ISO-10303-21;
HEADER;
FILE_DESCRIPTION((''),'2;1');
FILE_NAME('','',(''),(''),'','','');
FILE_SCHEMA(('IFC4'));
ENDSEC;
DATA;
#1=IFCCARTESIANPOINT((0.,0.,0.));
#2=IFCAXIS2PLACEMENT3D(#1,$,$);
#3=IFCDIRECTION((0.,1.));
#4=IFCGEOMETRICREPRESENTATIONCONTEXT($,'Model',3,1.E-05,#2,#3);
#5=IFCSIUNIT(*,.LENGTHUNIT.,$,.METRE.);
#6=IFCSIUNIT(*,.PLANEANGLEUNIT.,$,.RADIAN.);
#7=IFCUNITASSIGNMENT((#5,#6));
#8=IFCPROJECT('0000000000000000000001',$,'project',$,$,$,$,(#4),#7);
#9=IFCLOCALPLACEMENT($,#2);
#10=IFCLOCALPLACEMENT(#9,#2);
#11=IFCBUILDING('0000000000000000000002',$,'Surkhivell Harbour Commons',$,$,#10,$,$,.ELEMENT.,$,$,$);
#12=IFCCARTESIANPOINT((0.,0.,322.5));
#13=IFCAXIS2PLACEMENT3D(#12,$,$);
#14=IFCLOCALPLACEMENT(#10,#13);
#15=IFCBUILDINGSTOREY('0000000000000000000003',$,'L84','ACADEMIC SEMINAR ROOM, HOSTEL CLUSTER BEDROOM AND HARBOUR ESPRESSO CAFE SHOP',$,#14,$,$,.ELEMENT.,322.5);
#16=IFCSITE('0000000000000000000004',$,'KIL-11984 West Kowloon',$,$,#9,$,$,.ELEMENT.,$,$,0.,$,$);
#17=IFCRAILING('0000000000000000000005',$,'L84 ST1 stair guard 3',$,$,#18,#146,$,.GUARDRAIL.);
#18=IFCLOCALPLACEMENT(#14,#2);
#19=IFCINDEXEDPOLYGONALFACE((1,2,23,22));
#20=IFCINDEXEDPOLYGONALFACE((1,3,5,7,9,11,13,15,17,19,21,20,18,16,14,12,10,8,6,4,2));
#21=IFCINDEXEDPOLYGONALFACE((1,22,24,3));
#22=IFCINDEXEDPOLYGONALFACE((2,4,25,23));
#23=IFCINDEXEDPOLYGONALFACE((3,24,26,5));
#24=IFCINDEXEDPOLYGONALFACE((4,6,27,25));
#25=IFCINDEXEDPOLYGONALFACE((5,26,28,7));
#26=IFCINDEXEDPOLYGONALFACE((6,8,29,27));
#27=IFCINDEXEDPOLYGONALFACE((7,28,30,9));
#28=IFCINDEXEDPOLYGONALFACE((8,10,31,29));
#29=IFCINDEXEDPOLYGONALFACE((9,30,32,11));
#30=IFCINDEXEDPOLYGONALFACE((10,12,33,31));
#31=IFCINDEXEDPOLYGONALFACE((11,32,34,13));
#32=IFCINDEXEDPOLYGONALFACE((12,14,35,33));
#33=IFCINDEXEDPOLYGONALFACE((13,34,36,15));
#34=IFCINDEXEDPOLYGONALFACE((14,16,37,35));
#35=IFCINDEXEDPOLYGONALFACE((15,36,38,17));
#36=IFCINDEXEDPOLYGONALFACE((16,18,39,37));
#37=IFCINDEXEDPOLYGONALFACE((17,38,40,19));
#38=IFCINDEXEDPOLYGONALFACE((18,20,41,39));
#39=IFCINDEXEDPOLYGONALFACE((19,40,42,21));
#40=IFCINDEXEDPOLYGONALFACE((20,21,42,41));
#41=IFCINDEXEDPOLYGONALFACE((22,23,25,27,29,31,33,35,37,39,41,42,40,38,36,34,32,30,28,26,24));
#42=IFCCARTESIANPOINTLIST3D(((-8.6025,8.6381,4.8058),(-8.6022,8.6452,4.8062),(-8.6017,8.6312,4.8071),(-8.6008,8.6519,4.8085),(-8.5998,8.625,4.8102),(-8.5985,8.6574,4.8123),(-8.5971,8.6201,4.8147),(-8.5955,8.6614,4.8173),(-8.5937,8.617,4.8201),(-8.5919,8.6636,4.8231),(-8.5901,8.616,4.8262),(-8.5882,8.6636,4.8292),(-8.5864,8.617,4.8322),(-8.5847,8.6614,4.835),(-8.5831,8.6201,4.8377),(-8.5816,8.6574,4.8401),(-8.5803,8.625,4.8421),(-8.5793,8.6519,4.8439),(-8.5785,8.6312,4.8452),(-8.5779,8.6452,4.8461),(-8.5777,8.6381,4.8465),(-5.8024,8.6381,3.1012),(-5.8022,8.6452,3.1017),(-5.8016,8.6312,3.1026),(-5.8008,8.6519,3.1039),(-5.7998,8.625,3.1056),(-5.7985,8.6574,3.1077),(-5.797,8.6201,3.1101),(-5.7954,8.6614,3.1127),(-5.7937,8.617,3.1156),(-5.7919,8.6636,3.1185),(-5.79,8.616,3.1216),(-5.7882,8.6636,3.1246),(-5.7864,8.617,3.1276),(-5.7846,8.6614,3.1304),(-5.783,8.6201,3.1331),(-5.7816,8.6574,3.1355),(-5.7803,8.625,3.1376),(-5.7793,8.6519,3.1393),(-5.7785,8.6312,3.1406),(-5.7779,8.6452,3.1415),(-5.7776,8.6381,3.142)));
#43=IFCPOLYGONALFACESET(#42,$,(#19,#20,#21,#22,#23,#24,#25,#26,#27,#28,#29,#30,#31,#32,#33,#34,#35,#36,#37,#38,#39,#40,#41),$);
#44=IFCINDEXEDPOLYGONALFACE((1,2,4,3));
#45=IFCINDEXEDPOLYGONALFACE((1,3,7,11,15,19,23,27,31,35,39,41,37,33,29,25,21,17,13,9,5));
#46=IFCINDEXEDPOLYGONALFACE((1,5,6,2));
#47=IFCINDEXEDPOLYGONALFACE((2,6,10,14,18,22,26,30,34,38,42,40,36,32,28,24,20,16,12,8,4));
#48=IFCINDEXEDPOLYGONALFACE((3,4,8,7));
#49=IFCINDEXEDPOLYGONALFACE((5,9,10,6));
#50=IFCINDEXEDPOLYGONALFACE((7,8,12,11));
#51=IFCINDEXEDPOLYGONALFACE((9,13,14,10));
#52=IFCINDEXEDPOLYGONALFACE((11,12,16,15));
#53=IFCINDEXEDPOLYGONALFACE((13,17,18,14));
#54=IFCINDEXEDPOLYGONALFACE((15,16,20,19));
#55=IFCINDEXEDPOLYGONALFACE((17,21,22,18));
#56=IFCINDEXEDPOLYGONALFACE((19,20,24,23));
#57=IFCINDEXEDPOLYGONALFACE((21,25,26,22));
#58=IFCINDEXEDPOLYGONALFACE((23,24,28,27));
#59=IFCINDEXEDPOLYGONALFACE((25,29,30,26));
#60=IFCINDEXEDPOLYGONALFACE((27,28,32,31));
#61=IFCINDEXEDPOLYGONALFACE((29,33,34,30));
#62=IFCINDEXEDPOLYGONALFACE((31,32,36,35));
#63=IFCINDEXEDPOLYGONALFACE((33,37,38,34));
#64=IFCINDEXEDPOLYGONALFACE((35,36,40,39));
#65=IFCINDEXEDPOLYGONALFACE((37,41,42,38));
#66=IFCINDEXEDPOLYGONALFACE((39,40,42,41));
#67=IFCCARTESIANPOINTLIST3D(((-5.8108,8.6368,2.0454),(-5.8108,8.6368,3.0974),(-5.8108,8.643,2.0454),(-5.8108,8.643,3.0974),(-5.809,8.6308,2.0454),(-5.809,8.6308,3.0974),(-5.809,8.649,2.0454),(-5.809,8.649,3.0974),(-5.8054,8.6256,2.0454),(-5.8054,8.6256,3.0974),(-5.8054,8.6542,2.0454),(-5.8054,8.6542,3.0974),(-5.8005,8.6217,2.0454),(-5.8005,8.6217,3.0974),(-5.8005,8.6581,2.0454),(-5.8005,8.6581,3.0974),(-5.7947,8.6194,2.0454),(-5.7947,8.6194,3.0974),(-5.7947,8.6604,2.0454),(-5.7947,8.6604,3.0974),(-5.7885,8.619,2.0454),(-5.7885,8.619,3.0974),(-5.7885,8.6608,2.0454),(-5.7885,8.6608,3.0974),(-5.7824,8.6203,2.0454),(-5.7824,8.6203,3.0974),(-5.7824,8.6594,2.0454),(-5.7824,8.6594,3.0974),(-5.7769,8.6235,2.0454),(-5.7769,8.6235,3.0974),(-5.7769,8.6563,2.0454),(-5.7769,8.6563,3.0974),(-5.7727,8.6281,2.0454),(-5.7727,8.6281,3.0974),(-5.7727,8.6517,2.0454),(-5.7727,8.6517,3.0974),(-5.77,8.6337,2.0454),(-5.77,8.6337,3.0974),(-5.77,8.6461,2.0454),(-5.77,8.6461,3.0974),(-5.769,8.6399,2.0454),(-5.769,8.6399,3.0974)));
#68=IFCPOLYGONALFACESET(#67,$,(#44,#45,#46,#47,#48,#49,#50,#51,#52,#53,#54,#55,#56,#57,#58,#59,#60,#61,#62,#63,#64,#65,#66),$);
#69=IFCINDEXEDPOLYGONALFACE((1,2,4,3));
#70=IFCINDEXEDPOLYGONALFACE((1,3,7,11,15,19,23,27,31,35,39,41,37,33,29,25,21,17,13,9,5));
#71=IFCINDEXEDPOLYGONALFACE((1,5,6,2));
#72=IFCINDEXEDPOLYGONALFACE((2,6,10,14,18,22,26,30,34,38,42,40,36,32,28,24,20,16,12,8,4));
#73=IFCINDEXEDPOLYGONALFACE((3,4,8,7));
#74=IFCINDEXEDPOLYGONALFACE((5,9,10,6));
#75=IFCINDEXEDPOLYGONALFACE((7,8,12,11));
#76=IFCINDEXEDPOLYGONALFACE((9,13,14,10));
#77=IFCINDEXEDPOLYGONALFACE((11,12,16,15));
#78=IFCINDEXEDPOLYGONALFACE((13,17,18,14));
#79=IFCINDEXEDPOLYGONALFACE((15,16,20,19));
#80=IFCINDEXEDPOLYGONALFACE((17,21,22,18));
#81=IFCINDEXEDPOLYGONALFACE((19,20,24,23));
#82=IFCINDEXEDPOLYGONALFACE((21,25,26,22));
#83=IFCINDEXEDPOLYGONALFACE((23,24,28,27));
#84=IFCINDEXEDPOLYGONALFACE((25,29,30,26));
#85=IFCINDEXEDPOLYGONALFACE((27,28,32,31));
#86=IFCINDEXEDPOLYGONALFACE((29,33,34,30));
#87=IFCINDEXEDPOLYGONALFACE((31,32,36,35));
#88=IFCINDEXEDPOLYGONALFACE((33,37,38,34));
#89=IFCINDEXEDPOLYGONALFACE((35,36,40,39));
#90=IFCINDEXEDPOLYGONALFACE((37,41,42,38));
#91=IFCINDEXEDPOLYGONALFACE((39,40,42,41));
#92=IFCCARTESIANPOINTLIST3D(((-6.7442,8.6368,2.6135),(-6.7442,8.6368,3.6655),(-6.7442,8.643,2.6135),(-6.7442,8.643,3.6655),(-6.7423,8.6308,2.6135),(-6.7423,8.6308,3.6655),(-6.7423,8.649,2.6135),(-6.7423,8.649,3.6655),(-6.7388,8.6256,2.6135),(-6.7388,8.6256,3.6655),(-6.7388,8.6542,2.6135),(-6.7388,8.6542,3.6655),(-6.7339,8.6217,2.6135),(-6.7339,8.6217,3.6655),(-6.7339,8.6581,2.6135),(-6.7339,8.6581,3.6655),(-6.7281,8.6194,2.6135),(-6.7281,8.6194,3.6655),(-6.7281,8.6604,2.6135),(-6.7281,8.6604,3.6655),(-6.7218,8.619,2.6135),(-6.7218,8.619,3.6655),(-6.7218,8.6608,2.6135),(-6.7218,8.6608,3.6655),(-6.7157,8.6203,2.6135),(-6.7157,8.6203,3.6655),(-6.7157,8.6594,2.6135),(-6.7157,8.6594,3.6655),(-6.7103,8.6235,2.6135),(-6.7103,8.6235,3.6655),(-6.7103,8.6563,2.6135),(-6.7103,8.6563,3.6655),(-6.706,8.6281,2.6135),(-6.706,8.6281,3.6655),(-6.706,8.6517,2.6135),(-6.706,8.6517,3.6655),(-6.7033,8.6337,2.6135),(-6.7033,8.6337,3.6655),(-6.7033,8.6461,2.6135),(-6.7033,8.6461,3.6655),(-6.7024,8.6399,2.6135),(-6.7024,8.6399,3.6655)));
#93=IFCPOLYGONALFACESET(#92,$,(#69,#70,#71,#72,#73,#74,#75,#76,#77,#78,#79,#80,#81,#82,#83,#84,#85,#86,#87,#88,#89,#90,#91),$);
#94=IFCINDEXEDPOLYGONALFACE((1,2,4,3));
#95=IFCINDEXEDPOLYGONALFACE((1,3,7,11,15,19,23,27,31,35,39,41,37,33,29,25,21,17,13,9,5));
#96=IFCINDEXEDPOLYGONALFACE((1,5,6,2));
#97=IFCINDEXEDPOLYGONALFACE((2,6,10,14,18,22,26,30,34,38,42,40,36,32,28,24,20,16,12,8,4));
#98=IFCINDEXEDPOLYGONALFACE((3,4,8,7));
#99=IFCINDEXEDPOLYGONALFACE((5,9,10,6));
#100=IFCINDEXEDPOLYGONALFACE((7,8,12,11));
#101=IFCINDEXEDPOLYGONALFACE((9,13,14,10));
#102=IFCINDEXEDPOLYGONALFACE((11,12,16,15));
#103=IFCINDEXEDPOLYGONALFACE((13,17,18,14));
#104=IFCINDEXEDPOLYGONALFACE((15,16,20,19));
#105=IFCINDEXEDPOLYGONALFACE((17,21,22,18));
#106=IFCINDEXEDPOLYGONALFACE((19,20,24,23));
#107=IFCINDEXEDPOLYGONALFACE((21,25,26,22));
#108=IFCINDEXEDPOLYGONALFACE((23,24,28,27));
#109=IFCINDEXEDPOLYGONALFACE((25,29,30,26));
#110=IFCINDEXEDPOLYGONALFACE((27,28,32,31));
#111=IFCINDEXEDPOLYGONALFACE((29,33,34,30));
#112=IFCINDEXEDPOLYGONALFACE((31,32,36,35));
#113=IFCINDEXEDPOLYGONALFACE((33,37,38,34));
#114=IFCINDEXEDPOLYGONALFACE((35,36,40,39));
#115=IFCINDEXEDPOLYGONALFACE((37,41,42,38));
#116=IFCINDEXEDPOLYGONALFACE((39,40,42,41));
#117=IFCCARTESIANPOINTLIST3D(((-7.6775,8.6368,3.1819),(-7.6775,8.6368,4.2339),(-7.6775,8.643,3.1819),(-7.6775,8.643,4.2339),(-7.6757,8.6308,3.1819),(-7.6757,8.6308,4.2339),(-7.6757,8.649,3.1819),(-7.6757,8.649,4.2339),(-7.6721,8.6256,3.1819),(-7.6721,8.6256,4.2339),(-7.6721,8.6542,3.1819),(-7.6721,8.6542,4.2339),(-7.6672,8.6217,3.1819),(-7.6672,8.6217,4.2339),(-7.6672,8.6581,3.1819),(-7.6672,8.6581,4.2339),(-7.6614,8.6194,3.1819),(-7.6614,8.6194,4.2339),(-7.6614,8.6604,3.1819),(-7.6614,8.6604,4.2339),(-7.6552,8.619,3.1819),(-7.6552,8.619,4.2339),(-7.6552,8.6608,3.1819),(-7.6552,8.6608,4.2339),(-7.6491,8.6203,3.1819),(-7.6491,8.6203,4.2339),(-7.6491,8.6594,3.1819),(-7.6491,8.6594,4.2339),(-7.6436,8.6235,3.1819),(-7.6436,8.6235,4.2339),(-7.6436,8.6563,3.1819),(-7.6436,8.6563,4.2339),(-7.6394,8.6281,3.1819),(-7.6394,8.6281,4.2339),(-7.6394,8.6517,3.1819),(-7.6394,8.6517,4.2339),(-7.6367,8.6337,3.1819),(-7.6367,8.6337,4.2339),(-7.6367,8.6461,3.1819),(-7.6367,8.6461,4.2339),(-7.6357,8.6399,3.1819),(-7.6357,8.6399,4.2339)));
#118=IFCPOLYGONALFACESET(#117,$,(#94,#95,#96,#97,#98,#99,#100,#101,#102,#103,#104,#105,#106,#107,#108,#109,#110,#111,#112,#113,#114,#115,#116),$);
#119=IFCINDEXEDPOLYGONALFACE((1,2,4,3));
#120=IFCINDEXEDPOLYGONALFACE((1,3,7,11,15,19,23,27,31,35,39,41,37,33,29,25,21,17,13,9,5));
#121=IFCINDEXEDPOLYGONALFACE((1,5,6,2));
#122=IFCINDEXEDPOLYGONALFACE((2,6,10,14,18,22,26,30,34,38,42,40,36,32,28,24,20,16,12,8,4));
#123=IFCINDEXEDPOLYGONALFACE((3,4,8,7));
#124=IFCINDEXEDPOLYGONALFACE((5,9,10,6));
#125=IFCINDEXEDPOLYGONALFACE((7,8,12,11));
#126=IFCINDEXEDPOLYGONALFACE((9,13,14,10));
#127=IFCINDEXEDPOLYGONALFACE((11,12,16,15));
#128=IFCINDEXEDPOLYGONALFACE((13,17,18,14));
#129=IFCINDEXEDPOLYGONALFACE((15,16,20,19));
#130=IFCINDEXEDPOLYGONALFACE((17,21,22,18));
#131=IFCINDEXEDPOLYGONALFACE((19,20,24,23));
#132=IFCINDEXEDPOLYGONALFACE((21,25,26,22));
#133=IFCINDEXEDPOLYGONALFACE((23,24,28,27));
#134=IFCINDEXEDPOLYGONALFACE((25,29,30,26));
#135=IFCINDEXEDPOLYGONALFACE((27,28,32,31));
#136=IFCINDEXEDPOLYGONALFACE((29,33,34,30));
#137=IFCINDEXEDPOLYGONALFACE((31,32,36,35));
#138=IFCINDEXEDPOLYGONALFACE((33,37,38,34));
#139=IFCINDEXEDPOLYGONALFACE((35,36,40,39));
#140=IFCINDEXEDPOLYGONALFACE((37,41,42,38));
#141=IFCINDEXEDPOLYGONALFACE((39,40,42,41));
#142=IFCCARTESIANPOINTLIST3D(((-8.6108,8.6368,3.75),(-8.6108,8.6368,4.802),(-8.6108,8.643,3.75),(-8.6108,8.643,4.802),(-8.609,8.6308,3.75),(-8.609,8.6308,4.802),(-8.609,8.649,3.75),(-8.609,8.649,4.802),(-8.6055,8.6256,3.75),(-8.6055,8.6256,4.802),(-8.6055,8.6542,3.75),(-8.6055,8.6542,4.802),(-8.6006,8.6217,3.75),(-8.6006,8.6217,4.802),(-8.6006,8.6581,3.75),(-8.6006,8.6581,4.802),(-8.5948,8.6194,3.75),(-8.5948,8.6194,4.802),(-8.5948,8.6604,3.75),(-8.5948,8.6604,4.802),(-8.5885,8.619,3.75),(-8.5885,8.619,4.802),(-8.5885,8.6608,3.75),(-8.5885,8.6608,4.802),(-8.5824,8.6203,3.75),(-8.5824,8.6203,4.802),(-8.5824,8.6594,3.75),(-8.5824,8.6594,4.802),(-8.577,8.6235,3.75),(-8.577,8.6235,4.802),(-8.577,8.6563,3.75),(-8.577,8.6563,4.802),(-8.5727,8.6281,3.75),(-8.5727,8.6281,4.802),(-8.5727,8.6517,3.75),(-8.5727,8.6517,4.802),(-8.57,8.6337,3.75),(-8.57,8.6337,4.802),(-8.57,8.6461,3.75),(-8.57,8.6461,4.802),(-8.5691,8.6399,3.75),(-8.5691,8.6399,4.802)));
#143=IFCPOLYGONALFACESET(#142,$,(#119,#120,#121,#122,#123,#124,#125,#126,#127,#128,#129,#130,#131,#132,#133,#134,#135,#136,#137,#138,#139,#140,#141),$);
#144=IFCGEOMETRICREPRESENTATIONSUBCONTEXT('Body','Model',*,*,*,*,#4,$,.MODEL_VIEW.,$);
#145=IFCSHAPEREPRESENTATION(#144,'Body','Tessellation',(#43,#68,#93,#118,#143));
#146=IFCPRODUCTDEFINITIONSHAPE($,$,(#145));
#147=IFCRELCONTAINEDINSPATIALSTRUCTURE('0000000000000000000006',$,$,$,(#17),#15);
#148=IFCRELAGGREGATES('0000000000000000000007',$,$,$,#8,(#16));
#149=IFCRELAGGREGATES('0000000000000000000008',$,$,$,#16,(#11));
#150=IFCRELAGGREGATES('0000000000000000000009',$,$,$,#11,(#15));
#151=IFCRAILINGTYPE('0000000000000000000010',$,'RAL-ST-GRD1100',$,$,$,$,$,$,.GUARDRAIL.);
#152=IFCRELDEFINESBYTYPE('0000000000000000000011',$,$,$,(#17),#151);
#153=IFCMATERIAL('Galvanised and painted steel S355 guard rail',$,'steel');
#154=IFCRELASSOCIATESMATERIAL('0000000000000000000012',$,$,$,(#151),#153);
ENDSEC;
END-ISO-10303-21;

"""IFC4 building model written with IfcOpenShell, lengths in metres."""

from ifc_helpers import new_model, si_unit, direction, frame, origin, origin_2d, place, context, subcontext, project, spatial, circle, extrude, material, type_object, element, save


model = new_model("IFC4")

# Units and contexts
model_context = context("Model", 3, precision=1e-05, world=origin(), true_north=direction((0.0, 1.0)))
body_context = subcontext(model_context, "Body", "Model", "MODEL_VIEW")
ifc_project = project(units=[si_unit("LENGTHUNIT", "METRE"), si_unit("PLANEANGLEUNIT", "RADIAN")], contexts=[model_context])

# Site, building, storey
site_placement = place(None, origin())
site = spatial("IfcSite", under=ifc_project, at=site_placement, Name="KIL-11984 West Kowloon", CompositionType="ELEMENT", RefElevation=0.0)
building_placement = place(site_placement, origin())
building = spatial("IfcBuilding", under=site, at=building_placement, Name="Surkhivell Harbour Commons", CompositionType="ELEMENT")
storey_placement = place(building_placement, frame((0.0, 0.0, 322.5)))
storey = spatial("IfcBuildingStorey", under=building, at=storey_placement, Name="L84", Description="ACADEMIC SEMINAR ROOM, HOSTEL CLUSTER BEDROOM AND HARBOUR ESPRESSO CAFE SHOP", CompositionType="ELEMENT", Elevation=322.5)

# Railing
ifc_material_1 = material(Name="Galvanised and painted steel S355 guard rail", Category="steel")
railing_type_1 = type_object("IfcRailingType", Name="RAL-ST-GRD1100", PredefinedType="GUARDRAIL", material=ifc_material_1)
railing_1_placement = place(storey_placement, frame((-5.79, 8.6399, 2.0454)))
element("IfcRailing", 1, at=railing_1_placement, inside=storey, type_object=railing_type_1, Name="L84 ST1 stair guard 3", PredefinedType="GUARDRAIL", context=body_context, shape_type="SweptSolid", body=[
    extrude(circle(Radius=0.0239, at=origin_2d()), frame((0.0, 0.0, 1.0762), z_axis=(-0.85417, 0.0, 0.519994), x_axis=(0.0, -1.0, 0.0)), (0.0, 0.0, 1.0), 3.2781),
    extrude(circle(Radius=0.021, at=origin_2d()), origin(), (0.0, 0.0, 1.0), 1.052),
    extrude(circle(Radius=0.021, at=origin_2d()), frame((-0.9333, 0.0, 0.5681)), (0.0, 0.0, 1.0), 1.052),
    extrude(circle(Radius=0.021, at=origin_2d()), frame((-1.8667, 0.0, 1.1365)), (0.0, 0.0, 1.0), 1.052),
    extrude(circle(Radius=0.021, at=origin_2d()), frame((-2.8, 0.0, 1.7046)), (0.0, 0.0, 1.0), 1.052),
])

save(model, "model.ifc")
